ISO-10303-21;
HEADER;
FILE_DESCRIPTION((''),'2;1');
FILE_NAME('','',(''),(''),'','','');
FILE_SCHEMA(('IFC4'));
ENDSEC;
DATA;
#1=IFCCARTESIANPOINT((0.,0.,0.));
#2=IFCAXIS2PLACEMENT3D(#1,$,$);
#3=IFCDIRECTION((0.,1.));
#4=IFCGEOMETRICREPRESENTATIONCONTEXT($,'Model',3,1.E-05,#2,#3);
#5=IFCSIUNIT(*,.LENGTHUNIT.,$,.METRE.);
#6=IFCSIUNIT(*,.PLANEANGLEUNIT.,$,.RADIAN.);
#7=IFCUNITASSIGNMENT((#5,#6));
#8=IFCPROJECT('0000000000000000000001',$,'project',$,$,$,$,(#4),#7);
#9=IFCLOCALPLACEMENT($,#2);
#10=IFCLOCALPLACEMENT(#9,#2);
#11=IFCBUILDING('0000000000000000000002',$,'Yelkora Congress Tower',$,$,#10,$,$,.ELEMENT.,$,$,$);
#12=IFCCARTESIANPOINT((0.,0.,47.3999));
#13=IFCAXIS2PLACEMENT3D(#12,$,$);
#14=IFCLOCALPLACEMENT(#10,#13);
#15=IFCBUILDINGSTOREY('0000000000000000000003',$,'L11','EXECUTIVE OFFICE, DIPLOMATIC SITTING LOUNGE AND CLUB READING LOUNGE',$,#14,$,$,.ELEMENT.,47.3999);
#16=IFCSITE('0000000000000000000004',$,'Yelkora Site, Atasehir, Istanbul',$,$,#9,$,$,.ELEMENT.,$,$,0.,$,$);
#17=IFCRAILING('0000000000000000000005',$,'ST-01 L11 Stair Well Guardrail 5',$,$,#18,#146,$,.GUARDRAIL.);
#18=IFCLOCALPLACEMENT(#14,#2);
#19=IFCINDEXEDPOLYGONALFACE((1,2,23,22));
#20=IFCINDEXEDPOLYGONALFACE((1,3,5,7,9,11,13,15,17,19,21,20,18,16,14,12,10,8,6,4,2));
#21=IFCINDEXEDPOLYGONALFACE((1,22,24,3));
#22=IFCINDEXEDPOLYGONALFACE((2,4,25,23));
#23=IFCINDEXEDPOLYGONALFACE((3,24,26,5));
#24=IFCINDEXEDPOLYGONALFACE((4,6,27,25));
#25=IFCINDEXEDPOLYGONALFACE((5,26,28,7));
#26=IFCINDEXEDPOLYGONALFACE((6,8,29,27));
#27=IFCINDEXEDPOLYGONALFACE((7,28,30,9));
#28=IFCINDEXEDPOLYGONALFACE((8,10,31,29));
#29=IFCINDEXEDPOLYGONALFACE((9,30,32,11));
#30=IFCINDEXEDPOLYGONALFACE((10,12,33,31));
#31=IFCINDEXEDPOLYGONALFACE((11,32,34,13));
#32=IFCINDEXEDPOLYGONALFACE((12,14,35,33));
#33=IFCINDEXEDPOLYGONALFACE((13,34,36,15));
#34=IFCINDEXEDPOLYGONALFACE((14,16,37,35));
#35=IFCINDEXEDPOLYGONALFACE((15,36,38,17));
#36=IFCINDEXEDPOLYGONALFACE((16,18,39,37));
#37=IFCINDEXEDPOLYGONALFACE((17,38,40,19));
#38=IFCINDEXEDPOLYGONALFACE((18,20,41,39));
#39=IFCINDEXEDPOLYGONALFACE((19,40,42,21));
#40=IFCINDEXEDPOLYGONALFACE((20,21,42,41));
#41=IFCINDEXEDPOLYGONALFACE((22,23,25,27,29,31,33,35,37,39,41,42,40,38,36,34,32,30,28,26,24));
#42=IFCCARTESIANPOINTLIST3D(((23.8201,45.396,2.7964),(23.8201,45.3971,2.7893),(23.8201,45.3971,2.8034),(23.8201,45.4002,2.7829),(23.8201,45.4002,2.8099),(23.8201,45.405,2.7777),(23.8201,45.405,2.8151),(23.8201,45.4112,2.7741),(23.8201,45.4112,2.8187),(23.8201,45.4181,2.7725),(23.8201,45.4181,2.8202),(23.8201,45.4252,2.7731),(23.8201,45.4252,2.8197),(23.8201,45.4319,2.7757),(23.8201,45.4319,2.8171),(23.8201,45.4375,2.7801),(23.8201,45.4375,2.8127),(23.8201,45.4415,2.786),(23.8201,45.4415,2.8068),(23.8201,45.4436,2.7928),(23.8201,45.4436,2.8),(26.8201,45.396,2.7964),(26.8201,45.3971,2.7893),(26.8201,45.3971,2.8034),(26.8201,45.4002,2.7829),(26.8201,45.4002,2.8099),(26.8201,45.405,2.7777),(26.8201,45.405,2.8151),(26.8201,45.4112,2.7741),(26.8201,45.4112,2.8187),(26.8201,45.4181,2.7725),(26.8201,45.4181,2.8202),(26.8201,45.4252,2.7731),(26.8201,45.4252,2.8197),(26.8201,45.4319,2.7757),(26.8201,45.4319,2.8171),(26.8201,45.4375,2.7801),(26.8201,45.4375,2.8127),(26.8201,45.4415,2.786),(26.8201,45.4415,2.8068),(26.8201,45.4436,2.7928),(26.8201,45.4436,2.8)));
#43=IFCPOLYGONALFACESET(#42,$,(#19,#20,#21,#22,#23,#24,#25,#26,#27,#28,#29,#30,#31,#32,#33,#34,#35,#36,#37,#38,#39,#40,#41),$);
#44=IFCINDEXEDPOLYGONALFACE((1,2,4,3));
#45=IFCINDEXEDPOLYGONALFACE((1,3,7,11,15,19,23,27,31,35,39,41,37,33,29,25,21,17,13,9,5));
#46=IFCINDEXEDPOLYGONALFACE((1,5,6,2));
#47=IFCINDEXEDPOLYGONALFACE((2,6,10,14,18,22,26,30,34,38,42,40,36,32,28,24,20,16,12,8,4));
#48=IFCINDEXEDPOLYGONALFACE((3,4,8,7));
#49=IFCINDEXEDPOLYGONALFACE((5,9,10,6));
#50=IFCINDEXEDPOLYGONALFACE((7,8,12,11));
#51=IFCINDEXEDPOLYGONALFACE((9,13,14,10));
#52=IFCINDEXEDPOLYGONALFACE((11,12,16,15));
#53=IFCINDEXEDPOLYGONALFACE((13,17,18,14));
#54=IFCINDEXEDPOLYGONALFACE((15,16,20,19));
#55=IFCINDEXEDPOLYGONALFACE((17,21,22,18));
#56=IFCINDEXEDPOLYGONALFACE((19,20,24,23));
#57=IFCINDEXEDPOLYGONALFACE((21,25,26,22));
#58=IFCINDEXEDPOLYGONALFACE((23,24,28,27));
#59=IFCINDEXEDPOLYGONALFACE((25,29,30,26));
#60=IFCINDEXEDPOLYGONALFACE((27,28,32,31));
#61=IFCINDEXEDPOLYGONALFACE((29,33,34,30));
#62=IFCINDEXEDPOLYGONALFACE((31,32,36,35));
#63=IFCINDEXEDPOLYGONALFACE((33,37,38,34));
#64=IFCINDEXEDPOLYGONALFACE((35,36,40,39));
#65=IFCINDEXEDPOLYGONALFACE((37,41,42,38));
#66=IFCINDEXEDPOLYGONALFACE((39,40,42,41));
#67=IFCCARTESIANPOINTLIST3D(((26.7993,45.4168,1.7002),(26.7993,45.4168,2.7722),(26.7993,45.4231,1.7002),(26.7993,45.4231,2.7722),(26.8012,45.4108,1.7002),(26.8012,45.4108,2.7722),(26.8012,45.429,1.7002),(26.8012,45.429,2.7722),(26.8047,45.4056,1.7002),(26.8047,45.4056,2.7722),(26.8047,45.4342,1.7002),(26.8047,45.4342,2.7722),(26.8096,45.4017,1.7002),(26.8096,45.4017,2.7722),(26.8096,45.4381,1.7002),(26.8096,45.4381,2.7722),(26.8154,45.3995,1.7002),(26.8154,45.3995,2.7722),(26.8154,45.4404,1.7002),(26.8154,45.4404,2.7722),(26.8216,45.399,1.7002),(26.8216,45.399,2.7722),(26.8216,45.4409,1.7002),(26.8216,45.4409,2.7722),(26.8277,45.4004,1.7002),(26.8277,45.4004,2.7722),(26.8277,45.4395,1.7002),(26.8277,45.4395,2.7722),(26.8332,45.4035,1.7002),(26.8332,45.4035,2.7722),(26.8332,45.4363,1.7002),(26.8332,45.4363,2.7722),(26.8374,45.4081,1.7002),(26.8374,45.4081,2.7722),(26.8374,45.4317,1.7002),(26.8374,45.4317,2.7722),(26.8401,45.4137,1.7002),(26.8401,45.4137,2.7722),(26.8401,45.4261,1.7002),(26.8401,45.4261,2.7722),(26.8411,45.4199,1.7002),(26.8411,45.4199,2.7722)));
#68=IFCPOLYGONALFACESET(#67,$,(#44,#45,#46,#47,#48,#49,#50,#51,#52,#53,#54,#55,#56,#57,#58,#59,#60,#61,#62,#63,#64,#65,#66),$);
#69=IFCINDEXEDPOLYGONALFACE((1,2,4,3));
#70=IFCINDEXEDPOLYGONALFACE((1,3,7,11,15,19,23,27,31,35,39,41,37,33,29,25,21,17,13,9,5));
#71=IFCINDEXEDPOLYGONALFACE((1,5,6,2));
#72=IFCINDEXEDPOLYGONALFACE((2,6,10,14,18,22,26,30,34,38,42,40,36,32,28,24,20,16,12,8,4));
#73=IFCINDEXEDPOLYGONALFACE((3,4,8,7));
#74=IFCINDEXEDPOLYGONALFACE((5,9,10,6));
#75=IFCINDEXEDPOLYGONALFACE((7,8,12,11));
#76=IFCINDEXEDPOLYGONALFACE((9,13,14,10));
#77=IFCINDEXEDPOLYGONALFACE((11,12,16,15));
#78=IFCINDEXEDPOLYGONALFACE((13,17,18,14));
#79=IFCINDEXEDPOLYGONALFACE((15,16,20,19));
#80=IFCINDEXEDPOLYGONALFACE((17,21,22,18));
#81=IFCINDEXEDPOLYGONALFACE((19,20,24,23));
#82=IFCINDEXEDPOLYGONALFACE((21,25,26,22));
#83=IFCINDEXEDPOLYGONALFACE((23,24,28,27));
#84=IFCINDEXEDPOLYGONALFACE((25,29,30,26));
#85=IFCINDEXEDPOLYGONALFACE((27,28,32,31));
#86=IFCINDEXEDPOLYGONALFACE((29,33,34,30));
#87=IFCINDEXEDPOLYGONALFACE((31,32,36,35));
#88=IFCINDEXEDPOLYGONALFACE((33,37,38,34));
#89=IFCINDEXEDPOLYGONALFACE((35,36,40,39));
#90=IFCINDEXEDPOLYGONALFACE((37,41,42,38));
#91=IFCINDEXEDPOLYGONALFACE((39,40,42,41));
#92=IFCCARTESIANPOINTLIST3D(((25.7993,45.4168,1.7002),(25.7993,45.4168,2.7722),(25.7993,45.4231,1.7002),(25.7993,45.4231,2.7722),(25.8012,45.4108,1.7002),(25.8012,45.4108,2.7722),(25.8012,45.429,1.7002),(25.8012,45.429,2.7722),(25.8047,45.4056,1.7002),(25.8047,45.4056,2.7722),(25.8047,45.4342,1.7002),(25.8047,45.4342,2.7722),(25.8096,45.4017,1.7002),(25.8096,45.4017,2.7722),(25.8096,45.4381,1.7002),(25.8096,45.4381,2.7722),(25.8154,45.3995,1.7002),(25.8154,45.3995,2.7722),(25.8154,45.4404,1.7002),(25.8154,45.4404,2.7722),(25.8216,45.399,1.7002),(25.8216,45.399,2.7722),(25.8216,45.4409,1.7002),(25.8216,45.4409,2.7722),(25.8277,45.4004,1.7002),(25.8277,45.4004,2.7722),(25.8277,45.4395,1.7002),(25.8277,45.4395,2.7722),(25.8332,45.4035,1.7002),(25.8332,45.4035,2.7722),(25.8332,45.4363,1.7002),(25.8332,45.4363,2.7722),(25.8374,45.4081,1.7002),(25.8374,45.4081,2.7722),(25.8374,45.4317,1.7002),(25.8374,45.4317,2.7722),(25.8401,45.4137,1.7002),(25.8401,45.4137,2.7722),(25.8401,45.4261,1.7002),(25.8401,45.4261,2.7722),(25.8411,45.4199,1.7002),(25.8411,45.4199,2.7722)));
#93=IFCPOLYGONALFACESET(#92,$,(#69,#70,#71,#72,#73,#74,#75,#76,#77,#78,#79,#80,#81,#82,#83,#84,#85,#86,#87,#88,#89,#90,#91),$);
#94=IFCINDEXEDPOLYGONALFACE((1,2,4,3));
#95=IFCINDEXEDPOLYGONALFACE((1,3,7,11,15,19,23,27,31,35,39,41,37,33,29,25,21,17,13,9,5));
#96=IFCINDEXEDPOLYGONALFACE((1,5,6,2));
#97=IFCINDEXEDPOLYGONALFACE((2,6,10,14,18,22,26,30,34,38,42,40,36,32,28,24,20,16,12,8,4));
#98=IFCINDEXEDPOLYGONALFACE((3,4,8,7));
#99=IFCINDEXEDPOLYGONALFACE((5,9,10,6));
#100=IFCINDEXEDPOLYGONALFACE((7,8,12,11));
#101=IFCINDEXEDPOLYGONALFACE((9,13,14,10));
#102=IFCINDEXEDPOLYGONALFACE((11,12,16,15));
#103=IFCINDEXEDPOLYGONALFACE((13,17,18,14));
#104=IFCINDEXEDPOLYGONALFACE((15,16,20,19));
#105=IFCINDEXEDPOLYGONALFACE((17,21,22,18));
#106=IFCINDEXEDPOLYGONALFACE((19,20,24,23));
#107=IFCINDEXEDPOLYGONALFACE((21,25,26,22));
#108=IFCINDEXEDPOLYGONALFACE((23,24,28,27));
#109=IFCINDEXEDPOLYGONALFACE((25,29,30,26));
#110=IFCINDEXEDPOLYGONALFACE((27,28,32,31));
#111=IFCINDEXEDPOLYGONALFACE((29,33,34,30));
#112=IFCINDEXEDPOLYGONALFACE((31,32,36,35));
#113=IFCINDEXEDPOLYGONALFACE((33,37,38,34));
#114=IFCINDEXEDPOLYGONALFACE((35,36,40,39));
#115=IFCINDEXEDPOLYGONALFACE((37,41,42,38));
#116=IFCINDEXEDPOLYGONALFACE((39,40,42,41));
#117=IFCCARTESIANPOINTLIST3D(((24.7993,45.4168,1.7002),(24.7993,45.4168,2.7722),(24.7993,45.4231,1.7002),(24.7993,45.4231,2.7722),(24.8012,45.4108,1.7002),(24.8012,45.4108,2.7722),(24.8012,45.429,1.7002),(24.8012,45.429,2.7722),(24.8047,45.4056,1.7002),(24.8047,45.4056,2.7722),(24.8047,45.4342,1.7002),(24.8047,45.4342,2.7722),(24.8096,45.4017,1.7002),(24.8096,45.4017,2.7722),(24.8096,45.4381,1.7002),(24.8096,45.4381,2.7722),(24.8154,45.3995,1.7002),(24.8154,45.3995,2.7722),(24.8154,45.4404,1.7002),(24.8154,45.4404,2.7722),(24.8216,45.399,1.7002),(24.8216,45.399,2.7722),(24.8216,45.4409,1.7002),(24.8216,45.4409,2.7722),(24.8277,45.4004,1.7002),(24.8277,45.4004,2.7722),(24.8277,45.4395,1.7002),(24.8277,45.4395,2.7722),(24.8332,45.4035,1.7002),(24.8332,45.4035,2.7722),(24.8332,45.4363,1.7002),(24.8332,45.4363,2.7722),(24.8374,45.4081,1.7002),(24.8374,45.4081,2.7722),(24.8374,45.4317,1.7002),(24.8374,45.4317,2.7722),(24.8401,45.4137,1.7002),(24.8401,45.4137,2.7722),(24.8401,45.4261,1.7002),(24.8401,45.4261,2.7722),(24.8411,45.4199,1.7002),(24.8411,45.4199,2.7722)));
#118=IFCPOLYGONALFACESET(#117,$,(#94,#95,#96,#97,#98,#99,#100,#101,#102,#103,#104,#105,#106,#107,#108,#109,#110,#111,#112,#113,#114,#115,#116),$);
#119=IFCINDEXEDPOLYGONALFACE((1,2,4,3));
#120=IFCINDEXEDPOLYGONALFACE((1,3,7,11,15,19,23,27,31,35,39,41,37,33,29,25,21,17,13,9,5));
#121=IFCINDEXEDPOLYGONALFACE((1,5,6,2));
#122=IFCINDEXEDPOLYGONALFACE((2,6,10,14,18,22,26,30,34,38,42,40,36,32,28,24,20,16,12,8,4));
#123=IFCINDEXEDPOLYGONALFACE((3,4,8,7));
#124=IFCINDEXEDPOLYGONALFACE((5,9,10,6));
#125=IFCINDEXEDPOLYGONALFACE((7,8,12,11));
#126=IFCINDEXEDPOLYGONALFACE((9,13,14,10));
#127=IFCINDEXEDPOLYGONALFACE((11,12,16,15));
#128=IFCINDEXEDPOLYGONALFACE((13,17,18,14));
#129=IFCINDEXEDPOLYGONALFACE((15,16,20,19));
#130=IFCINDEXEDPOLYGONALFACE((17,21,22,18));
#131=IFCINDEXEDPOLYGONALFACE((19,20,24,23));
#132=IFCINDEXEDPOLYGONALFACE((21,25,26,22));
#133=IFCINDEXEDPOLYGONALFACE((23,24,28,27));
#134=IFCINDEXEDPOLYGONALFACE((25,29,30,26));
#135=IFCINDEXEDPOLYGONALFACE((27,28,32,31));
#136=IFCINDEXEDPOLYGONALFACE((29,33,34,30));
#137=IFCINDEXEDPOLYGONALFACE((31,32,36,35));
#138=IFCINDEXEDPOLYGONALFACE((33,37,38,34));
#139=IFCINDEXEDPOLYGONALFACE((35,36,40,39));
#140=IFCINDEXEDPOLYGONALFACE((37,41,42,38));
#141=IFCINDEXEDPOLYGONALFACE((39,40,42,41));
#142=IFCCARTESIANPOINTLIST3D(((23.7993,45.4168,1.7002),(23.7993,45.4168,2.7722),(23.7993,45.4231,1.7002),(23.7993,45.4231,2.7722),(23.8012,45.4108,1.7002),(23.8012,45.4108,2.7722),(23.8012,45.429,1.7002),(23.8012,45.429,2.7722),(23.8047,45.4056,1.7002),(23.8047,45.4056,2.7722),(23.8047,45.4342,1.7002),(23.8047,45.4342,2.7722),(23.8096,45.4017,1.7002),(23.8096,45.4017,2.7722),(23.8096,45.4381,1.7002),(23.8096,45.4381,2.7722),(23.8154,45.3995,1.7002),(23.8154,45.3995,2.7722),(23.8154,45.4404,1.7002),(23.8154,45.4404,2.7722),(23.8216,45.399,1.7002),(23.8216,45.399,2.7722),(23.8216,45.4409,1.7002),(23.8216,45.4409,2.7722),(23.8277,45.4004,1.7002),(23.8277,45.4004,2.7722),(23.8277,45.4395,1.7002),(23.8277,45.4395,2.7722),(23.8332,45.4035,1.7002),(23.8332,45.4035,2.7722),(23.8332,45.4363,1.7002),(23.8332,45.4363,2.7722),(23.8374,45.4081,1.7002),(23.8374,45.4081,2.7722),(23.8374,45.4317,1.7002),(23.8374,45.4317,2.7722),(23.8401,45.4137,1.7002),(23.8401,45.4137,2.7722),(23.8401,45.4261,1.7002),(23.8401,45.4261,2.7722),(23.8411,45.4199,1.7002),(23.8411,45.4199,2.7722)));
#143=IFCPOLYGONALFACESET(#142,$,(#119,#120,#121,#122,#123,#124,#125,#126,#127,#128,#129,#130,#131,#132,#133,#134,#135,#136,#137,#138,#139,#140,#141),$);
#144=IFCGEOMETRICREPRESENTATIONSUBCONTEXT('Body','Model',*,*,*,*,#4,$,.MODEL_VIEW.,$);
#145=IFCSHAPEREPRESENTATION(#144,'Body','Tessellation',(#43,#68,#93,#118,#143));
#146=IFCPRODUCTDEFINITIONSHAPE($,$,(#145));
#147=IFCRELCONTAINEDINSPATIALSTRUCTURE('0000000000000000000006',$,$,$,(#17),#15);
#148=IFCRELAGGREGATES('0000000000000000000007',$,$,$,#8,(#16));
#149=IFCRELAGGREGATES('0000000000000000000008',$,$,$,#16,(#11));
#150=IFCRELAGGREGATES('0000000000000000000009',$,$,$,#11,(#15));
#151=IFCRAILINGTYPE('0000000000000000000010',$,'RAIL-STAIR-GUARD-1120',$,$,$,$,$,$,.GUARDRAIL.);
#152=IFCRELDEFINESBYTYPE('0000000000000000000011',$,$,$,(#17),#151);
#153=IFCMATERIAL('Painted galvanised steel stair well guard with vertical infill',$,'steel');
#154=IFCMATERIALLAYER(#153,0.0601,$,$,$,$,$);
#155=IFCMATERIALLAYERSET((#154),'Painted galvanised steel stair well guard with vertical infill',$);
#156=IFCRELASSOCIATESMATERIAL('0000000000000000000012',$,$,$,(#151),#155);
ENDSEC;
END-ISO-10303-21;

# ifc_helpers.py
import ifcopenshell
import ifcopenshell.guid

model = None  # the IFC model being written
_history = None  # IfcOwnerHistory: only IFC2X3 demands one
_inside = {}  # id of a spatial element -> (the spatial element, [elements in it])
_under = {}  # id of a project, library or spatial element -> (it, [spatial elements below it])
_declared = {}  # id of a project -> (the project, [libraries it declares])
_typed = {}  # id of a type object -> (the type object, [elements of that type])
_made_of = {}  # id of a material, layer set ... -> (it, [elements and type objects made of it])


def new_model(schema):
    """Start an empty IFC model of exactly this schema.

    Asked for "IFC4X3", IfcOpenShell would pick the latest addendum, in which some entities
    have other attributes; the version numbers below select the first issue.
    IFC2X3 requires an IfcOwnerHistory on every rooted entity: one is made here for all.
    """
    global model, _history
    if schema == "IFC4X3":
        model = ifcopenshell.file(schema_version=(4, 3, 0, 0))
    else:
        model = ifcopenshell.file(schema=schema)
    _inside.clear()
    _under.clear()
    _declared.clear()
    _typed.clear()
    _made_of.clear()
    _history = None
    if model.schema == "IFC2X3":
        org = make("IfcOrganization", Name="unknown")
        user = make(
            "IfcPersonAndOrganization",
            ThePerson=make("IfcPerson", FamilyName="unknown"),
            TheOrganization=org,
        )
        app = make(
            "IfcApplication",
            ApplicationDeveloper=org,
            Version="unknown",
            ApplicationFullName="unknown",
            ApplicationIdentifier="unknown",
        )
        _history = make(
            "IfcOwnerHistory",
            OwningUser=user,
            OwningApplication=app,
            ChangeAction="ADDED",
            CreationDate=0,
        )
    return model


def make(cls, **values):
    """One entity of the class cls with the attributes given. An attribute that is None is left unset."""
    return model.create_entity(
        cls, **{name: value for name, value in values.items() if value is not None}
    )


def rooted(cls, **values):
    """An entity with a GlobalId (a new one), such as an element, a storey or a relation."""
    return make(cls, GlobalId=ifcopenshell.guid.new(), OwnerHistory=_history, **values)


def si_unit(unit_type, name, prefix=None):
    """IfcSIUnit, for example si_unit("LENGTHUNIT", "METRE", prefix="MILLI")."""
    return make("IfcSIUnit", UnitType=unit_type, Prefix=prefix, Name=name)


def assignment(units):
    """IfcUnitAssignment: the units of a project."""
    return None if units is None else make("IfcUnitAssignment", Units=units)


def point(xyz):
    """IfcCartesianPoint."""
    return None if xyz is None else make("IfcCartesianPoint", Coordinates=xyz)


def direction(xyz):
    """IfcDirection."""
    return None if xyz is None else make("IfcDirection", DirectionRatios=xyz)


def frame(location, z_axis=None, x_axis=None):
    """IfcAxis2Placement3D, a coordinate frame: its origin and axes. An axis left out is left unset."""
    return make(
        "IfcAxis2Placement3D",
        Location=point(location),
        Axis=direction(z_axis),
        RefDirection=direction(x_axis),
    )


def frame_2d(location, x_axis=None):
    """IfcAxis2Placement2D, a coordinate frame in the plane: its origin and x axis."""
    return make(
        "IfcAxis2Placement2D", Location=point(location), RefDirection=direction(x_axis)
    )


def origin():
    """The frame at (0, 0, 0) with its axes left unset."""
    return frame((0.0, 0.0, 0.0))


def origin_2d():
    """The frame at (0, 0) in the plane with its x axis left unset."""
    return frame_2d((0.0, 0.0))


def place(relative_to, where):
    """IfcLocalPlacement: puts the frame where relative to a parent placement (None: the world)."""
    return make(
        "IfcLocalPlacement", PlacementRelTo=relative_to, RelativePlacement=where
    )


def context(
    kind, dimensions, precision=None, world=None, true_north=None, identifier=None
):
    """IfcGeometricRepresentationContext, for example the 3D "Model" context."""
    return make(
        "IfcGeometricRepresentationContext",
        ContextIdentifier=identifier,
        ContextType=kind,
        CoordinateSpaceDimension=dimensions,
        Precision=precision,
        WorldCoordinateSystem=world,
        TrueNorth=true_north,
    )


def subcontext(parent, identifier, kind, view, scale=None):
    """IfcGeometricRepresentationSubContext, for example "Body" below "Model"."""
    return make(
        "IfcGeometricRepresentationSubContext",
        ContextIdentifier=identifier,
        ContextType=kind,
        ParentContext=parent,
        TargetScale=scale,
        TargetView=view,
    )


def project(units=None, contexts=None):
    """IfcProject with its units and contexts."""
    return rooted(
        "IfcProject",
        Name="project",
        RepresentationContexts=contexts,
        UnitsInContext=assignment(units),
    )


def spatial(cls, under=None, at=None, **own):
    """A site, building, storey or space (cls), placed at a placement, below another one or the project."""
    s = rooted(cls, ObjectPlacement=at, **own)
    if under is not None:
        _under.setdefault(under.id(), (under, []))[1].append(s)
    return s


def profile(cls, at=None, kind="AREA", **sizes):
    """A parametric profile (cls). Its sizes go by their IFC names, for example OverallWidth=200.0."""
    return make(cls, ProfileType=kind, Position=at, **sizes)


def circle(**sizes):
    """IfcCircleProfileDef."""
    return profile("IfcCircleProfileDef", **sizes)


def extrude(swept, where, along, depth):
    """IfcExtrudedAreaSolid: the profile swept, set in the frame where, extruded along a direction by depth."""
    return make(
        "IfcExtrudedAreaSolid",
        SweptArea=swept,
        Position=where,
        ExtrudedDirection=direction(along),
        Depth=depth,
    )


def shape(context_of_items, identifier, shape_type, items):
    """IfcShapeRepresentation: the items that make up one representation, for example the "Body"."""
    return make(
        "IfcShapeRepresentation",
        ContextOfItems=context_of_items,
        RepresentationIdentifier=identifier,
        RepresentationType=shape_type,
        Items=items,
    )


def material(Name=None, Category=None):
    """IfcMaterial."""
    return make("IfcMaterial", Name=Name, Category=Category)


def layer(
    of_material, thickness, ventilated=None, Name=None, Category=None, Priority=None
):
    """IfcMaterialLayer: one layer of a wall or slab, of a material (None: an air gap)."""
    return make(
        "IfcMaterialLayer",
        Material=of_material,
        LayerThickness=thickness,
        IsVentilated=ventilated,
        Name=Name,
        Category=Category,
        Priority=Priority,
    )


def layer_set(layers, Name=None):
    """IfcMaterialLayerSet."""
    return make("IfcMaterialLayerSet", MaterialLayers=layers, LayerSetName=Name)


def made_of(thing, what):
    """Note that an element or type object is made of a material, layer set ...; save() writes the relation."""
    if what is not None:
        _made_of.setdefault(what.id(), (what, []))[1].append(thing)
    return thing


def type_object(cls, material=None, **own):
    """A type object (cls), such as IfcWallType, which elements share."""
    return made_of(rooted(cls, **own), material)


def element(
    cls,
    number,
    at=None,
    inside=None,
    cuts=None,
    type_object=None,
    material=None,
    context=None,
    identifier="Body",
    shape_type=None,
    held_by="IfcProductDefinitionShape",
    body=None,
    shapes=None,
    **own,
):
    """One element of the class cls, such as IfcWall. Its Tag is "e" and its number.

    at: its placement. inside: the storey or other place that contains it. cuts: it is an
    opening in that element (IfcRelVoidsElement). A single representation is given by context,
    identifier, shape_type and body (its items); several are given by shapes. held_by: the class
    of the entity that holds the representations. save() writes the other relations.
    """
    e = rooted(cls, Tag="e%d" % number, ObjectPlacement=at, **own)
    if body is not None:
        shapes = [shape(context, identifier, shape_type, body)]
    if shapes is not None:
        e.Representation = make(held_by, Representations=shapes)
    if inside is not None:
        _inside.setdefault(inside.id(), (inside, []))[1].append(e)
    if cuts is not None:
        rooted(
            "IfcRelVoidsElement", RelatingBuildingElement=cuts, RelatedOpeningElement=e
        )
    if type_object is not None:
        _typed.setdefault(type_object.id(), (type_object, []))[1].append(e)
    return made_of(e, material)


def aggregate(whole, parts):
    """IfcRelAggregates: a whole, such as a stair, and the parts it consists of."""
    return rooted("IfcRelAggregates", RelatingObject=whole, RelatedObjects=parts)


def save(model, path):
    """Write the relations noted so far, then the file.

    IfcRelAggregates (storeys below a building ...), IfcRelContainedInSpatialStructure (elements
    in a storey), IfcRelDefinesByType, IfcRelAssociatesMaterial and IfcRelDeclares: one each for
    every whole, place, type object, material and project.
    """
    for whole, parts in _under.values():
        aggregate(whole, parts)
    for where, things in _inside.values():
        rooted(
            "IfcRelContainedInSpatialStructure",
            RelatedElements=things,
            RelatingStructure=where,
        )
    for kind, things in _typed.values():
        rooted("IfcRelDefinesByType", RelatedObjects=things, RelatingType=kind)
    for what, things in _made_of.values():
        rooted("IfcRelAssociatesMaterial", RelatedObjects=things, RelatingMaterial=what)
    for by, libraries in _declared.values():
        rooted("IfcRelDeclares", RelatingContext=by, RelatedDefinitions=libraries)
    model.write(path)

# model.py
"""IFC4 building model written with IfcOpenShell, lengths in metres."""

from ifc_helpers import new_model, si_unit, direction, frame, origin, origin_2d, place, context, subcontext, project, spatial, circle, extrude, material, layer, layer_set, type_object, element, save


model = new_model("IFC4")

# Units and contexts
model_context = context("Model", 3, precision=1e-05, world=origin(), true_north=direction((0.0, 1.0)))
body_context = subcontext(model_context, "Body", "Model", "MODEL_VIEW")
ifc_project = project(units=[si_unit("LENGTHUNIT", "METRE"), si_unit("PLANEANGLEUNIT", "RADIAN")], contexts=[model_context])

# Site, building, storey
site_placement = place(None, origin())
site = spatial("IfcSite", under=ifc_project, at=site_placement, Name="Yelkora Site, Atasehir, Istanbul", CompositionType="ELEMENT", RefElevation=0.0)
building_placement = place(site_placement, origin())
building = spatial("IfcBuilding", under=site, at=building_placement, Name="Yelkora Congress Tower", CompositionType="ELEMENT")
storey_placement = place(building_placement, frame((0.0, 0.0, 47.3999)))
storey = spatial("IfcBuildingStorey", under=building, at=storey_placement, Name="L11", Description="EXECUTIVE OFFICE, DIPLOMATIC SITTING LOUNGE AND CLUB READING LOUNGE", CompositionType="ELEMENT", Elevation=47.3999)

# Railing
ifc_material_1 = material(Name="Painted galvanised steel stair well guard with vertical infill", Category="steel")
ifc_layer_1 = layer(ifc_material_1, 0.0601)
ifc_layer_set_1 = layer_set([ifc_layer_1], Name="Painted galvanised steel stair well guard with vertical infill")
railing_type_1 = type_object("IfcRailingType", Name="RAIL-STAIR-GUARD-1120", PredefinedType="GUARDRAIL", material=ifc_layer_set_1)
railing_1_placement = place(storey_placement, frame((26.8201, 45.4199, 1.7002)))
element("IfcRailing", 1, at=railing_1_placement, inside=storey, type_object=railing_type_1, Name="ST-01 L11 Stair Well Guardrail 5", PredefinedType="GUARDRAIL", context=body_context, shape_type="SweptSolid", body=[
    extrude(circle(Radius=0.0239, at=origin_2d()), frame((0.0, 0.0, 1.0962), z_axis=(-1.0, 0.0, 0.0), x_axis=(0.0, -1.0, 0.0)), (0.0, 0.0, 1.0), 3.0),
    extrude(circle(Radius=0.021, at=origin_2d()), origin(), (0.0, 0.0, 1.0), 1.072),
    extrude(circle(Radius=0.021, at=origin_2d()), frame((-1.0, 0.0, 0.0)), (0.0, 0.0, 1.0), 1.072),
    extrude(circle(Radius=0.021, at=origin_2d()), frame((-2.0, 0.0, 0.0)), (0.0, 0.0, 1.0), 1.072),
    extrude(circle(Radius=0.021, at=origin_2d()), frame((-3.0, 0.0, 0.0)), (0.0, 0.0, 1.0), 1.072),
])

save(model, "model.ifc")
